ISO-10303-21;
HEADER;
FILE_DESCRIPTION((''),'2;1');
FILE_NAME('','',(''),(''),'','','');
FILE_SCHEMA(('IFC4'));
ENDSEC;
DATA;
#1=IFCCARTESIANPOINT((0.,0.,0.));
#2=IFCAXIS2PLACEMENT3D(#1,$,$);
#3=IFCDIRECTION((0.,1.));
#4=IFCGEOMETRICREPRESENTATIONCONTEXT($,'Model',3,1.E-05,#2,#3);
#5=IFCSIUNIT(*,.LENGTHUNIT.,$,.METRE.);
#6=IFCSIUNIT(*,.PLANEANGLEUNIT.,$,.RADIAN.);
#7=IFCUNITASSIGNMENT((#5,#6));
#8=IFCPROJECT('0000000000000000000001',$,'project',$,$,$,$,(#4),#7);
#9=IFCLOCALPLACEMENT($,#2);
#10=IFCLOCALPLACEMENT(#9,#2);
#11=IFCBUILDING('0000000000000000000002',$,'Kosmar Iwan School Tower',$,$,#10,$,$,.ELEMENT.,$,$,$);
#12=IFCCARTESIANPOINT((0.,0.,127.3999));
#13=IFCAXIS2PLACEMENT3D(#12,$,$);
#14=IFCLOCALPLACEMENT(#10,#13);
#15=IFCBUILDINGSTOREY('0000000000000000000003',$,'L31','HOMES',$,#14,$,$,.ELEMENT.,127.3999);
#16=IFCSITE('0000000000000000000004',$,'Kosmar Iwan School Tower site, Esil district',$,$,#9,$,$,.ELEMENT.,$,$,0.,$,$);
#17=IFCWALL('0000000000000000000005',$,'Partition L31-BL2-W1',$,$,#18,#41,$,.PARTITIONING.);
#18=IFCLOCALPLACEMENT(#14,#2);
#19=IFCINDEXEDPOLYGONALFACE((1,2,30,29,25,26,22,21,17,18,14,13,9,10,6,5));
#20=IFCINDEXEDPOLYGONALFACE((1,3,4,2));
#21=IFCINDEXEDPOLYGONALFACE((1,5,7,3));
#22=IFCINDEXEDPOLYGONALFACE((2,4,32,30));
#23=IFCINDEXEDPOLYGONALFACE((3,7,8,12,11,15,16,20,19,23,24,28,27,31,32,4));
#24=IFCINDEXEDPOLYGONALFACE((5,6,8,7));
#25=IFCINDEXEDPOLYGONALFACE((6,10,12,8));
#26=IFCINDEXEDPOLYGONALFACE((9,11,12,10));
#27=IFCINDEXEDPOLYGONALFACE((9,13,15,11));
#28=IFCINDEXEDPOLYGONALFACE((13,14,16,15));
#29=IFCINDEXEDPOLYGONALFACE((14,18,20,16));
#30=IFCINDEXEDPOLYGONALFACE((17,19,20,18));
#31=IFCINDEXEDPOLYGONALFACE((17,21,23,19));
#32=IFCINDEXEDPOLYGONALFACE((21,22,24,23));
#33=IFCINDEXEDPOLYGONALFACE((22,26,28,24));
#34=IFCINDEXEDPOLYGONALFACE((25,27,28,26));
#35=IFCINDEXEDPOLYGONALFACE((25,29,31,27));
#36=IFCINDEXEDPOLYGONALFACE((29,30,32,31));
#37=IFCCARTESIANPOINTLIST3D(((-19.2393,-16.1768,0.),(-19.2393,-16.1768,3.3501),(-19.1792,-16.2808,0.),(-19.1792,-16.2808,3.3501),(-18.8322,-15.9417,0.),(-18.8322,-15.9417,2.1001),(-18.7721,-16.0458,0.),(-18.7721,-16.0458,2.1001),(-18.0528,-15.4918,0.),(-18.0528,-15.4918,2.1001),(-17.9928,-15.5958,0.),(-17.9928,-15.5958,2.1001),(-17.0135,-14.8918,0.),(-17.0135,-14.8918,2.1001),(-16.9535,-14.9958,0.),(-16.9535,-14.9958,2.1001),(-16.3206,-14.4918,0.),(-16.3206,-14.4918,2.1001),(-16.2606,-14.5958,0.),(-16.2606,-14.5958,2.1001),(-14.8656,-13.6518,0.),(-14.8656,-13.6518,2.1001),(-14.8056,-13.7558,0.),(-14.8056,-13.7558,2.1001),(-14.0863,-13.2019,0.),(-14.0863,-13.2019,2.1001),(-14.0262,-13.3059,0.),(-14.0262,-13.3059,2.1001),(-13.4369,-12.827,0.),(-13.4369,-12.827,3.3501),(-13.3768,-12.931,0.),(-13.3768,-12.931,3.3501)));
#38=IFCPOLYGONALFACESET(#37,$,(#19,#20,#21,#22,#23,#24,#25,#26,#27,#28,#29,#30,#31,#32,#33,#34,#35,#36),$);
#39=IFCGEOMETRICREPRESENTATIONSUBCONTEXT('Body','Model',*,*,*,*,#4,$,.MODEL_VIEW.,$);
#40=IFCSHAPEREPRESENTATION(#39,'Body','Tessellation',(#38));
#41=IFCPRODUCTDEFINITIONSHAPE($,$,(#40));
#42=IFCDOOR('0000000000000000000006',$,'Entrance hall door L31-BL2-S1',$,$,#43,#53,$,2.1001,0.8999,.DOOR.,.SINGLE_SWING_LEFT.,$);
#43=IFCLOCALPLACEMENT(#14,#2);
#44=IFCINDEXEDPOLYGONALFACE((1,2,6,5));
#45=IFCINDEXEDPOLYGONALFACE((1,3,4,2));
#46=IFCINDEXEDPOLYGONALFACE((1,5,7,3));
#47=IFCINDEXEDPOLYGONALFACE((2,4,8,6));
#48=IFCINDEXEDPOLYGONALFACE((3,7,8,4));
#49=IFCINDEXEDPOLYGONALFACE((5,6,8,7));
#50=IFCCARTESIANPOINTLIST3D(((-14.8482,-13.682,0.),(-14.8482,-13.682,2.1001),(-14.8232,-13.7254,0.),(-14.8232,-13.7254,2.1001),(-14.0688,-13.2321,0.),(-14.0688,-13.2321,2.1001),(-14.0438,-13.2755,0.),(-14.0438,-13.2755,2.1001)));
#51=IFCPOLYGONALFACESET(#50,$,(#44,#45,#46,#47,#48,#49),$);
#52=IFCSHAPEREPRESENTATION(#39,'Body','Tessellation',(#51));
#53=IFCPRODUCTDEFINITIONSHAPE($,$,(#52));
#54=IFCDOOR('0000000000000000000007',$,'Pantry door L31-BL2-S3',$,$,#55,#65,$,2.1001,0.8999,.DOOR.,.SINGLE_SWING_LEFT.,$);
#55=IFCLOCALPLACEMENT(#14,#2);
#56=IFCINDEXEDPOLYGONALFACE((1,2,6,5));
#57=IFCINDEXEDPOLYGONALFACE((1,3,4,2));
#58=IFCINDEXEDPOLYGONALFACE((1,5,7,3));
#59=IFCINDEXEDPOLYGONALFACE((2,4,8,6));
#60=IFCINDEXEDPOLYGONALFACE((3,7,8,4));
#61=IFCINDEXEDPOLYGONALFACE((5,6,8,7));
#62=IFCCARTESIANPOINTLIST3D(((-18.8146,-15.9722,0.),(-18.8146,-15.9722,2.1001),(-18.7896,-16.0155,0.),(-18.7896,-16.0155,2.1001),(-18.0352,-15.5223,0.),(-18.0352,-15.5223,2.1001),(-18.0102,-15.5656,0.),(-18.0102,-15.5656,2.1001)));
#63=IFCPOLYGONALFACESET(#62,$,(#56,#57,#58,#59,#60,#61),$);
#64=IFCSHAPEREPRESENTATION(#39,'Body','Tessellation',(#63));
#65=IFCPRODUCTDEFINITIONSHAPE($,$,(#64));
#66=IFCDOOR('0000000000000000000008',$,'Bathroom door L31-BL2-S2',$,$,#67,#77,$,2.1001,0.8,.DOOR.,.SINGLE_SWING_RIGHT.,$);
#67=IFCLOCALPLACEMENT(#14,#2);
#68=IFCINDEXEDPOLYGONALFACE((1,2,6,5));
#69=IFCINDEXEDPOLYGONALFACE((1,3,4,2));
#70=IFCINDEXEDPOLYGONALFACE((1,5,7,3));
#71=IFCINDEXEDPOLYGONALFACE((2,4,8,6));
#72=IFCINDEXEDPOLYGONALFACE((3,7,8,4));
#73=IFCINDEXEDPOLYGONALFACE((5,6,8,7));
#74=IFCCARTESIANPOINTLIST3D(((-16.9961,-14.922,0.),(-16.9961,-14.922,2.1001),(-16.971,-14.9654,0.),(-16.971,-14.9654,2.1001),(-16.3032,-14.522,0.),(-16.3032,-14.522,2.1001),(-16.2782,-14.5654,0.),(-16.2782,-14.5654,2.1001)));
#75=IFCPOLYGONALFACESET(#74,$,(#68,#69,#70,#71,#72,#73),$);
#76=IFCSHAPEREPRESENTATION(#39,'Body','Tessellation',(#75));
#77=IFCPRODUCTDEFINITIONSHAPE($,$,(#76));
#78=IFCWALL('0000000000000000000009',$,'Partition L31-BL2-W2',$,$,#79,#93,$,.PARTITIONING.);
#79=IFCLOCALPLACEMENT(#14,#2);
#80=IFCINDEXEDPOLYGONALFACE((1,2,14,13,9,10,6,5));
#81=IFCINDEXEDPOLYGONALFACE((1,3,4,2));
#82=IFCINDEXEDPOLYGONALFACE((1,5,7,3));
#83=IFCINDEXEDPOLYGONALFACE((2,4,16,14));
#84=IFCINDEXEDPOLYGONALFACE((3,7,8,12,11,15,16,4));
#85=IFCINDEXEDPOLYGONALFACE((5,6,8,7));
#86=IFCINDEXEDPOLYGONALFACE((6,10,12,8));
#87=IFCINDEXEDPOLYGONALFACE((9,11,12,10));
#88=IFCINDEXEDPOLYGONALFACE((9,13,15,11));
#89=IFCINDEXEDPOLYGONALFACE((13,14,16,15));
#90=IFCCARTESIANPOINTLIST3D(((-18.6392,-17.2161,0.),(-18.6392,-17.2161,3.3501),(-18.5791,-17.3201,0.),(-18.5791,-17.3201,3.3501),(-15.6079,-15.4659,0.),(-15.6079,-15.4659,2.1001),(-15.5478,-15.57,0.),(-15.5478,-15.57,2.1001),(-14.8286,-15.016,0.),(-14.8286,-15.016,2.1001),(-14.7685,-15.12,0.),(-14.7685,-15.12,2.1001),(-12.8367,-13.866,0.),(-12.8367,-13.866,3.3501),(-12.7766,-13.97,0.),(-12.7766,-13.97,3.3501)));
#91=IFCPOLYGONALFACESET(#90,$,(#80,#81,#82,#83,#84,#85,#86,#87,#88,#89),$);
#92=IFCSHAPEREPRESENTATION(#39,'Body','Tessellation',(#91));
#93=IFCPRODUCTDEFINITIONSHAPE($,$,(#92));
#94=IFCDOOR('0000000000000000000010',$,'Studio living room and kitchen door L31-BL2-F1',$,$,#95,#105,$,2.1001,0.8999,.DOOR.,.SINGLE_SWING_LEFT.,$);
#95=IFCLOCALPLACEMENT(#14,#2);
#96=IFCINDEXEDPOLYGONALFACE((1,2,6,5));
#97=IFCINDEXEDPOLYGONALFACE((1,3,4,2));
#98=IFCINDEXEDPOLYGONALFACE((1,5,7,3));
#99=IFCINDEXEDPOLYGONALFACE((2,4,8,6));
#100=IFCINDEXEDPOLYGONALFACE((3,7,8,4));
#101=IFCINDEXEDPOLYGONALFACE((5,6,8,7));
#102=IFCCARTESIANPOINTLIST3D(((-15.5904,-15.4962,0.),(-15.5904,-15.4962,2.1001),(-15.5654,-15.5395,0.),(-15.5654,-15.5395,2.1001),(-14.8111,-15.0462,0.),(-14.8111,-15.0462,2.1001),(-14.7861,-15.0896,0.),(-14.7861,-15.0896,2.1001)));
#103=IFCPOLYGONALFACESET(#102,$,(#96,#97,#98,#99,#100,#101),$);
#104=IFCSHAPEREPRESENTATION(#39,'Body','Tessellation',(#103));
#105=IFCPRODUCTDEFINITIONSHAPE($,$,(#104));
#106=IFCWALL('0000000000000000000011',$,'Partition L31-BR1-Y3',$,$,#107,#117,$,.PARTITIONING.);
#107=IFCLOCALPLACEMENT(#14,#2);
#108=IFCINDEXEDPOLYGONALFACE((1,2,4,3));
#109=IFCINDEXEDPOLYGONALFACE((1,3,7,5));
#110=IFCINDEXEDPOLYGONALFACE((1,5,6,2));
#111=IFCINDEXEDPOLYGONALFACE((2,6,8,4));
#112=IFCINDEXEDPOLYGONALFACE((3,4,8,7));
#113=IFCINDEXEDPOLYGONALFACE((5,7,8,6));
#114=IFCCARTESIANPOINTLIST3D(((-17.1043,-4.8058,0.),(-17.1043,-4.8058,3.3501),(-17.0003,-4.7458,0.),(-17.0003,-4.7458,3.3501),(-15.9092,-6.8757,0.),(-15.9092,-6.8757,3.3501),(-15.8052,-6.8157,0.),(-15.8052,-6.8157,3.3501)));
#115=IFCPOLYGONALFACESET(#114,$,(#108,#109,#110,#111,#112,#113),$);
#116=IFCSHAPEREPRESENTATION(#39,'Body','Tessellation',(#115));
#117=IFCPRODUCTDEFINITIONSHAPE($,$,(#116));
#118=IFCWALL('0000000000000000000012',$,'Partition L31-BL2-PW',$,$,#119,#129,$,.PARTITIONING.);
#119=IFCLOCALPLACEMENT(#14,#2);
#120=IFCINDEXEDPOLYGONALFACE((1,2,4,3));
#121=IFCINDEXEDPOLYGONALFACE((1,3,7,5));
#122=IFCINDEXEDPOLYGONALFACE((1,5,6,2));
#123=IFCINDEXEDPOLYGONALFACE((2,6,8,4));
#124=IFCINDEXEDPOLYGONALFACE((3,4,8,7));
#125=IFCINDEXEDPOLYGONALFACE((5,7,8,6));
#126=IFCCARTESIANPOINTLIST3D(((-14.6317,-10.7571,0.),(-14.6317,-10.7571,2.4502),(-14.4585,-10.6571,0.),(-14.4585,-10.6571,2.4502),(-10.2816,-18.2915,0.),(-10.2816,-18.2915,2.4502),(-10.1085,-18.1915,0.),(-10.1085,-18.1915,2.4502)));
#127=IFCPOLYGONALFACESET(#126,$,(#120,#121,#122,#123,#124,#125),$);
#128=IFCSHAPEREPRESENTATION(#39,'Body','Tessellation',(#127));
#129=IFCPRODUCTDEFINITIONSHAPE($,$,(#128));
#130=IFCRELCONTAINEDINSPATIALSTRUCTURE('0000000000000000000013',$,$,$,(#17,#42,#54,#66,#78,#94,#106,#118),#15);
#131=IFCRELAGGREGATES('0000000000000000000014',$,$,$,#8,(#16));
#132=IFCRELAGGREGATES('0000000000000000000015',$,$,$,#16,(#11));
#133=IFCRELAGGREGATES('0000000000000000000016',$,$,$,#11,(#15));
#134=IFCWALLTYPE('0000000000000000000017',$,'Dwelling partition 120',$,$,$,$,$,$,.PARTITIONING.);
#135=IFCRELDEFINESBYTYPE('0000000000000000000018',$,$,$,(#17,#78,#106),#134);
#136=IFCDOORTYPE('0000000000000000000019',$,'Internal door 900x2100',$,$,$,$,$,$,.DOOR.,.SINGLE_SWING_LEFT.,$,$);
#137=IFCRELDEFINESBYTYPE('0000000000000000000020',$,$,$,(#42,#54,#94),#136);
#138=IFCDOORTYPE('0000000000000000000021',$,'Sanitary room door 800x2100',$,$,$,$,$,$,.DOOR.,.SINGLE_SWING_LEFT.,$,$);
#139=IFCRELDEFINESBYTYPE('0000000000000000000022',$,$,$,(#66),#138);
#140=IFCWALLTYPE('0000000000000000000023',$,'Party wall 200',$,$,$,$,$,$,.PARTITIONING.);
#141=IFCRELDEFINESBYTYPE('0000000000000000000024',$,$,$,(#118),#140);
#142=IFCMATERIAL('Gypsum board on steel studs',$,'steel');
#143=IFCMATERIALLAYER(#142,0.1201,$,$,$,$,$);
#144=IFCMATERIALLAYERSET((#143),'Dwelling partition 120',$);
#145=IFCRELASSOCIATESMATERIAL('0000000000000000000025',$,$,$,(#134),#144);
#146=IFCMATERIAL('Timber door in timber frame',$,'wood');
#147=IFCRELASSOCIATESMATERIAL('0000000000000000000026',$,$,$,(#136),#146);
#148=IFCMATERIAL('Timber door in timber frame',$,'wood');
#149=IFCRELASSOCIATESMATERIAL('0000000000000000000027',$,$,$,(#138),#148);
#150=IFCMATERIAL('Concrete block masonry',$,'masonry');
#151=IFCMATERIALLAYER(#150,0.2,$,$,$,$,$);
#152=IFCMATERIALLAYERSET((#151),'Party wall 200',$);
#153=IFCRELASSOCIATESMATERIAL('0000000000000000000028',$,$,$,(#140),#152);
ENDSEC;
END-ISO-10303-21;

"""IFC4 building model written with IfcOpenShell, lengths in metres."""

from ifc_helpers import new_model, si_unit, direction, frame, frame_2d, origin, place, context, subcontext, project, spatial, rectangle, extrude, material, layer, layer_set, type_object, element, fill, save


model = new_model("IFC4")

# Units and contexts
model_context = context("Model", 3, precision=1e-05, world=origin(), true_north=direction((0.0, 1.0)))
body_context = subcontext(model_context, "Body", "Model", "MODEL_VIEW")
ifc_project = project(units=[si_unit("LENGTHUNIT", "METRE"), si_unit("PLANEANGLEUNIT", "RADIAN")], contexts=[model_context])

# Site, building, storey
site_placement = place(None, origin())
site = spatial("IfcSite", under=ifc_project, at=site_placement, Name="Kosmar Iwan School Tower site, Esil district", CompositionType="ELEMENT", RefElevation=0.0)
building_placement = place(site_placement, origin())
building = spatial("IfcBuilding", under=site, at=building_placement, Name="Kosmar Iwan School Tower", CompositionType="ELEMENT")
storey_placement = place(building_placement, frame((0.0, 0.0, 127.3999)))
storey = spatial("IfcBuildingStorey", under=building, at=storey_placement, Name="L31", Description="HOMES", CompositionType="ELEMENT", Elevation=127.3999)

# Shared definitions
ifc_material_1 = material(Name="Gypsum board on steel studs", Category="steel")
ifc_layer_1 = layer(ifc_material_1, 0.1201)
ifc_layer_set_1 = layer_set([ifc_layer_1], Name="Dwelling partition 120")
wall_type_1 = type_object("IfcWallType", Name="Dwelling partition 120", PredefinedType="PARTITIONING", material=ifc_layer_set_1)

# Wall, openings, doors
wall_1_placement = place(storey_placement, frame((-13.4067, -12.8789, 0.0), z_axis=(0.0, 0.0, 1.0), x_axis=(-0.866039, -0.499976, 0.0)))
wall_1 = element("IfcWall", 1, at=wall_1_placement, inside=storey, type_object=wall_type_1, Name="Partition L31-BL2-W1", PredefinedType="PARTITIONING", context=body_context, shape_type="SweptSolid", body=[
    extrude(rectangle(XDim=6.7, YDim=0.1201, at=frame_2d((3.3501, 0.0))), origin(), (0.0, 0.0, 1.0), 3.3501),
])
opening_1_placement = place(wall_1_placement, frame((0.75, 0.0, 0.0)))
opening_1 = element("IfcOpeningElement", 2, at=opening_1_placement, cuts=wall_1, PredefinedType="OPENING", context=body_context, shape_type="SweptSolid", body=[
    extrude(rectangle(XDim=0.8999, YDim=2.1001, at=frame_2d((0.45, 1.05))), frame((0.0, 0.072, 0.0), z_axis=(0.0, -1.0, 0.0), x_axis=(1.0, 0.0, 0.0)), (0.0, 0.0, 1.0), 0.144),
])
opening_2_placement = place(wall_1_placement, frame((3.3301, 0.0, 0.0)))
opening_2 = element("IfcOpeningElement", 3, at=opening_2_placement, cuts=wall_1, PredefinedType="OPENING", context=body_context, shape_type="SweptSolid", body=[
    extrude(rectangle(XDim=0.8, YDim=2.1001, at=frame_2d((0.3999, 1.05))), frame((0.0, 0.072, 0.0), z_axis=(0.0, -1.0, 0.0), x_axis=(1.0, 0.0, 0.0)), (0.0, 0.0, 1.0), 0.144),
])
opening_3_placement = place(wall_1_placement, frame((5.3301, 0.0, 0.0)))
opening_3 = element("IfcOpeningElement", 4, at=opening_3_placement, cuts=wall_1, PredefinedType="OPENING", context=body_context, shape_type="SweptSolid", body=[
    extrude(rectangle(XDim=0.8999, YDim=2.1001, at=frame_2d((0.45, 1.05))), frame((0.0, 0.072, 0.0), z_axis=(0.0, -1.0, 0.0), x_axis=(1.0, 0.0, 0.0)), (0.0, 0.0, 1.0), 0.144),
])
ifc_material_2 = material(Name="Timber door in timber frame", Category="wood")
door_type_1 = type_object("IfcDoorType", Name="Internal door 900x2100", OperationType="SINGLE_SWING_LEFT", PredefinedType="DOOR", material=ifc_material_2)
door_1_placement = place(opening_1_placement, origin())
door_1 = element("IfcDoor", 5, at=door_1_placement, inside=storey, type_object=door_type_1, Name="Entrance hall door L31-BL2-S1", OperationType="SINGLE_SWING_LEFT", OverallHeight=2.1001, OverallWidth=0.8999, PredefinedType="DOOR", context=body_context, shape_type="SweptSolid", body=[
    extrude(rectangle(XDim=0.8999, YDim=2.1001, at=frame_2d((0.45, 1.05))), frame((0.0, 0.0249, 0.0), z_axis=(0.0, -1.0, 0.0), x_axis=(1.0, 0.0, 0.0)), (0.0, 0.0, 1.0), 0.05),
])
fill(opening_1, door_1)
door_2_placement = place(opening_3_placement, frame((0.8999, 0.0, 0.0), z_axis=(0.0, 0.0, 1.0), x_axis=(-1.0, 0.0, 0.0)))
door_2 = element("IfcDoor", 6, at=door_2_placement, inside=storey, type_object=door_type_1, Name="Pantry door L31-BL2-S3", OperationType="SINGLE_SWING_LEFT", OverallHeight=2.1001, OverallWidth=0.8999, PredefinedType="DOOR", context=body_context, shape_type="SweptSolid", body=[
    extrude(rectangle(XDim=0.8999, YDim=2.1001, at=frame_2d((0.45, 1.05))), frame((0.0, 0.0249, 0.0), z_axis=(0.0, -1.0, 0.0), x_axis=(1.0, 0.0, 0.0)), (0.0, 0.0, 1.0), 0.05),
])
fill(opening_3, door_2)
ifc_material_3 = material(Name="Timber door in timber frame", Category="wood")
door_type_2 = type_object("IfcDoorType", Name="Sanitary room door 800x2100", OperationType="SINGLE_SWING_LEFT", PredefinedType="DOOR", material=ifc_material_3)
door_3_placement = place(opening_2_placement, origin())
door_3 = element("IfcDoor", 7, at=door_3_placement, inside=storey, type_object=door_type_2, Name="Bathroom door L31-BL2-S2", OperationType="SINGLE_SWING_RIGHT", OverallHeight=2.1001, OverallWidth=0.8, PredefinedType="DOOR", context=body_context, shape_type="SweptSolid", body=[
    extrude(rectangle(XDim=0.8, YDim=2.1001, at=frame_2d((0.3999, 1.05))), frame((0.0, 0.0249, 0.0), z_axis=(0.0, -1.0, 0.0), x_axis=(1.0, 0.0, 0.0)), (0.0, 0.0, 1.0), 0.05),
])
fill(opening_2, door_3)

# Wall, opening, door
wall_2_placement = place(storey_placement, frame((-12.8066, -13.918, 0.0), z_axis=(0.0, 0.0, 1.0), x_axis=(-0.866024, -0.500003, 0.0)))
wall_2 = element("IfcWall", 8, at=wall_2_placement, inside=storey, type_object=wall_type_1, Name="Partition L31-BL2-W2", PredefinedType="PARTITIONING", context=body_context, shape_type="SweptSolid", body=[
    extrude(rectangle(XDim=6.7002, YDim=0.1201, at=frame_2d((3.3501, 0.0))), origin(), (0.0, 0.0, 1.0), 3.3501),
])
opening_4_placement = place(wall_2_placement, frame((2.3, 0.0, 0.0)))
opening_4 = element("IfcOpeningElement", 9, at=opening_4_placement, cuts=wall_2, PredefinedType="OPENING", context=body_context, shape_type="SweptSolid", body=[
    extrude(rectangle(XDim=0.8999, YDim=2.1001, at=frame_2d((0.45, 1.05))), frame((0.0, 0.072, 0.0), z_axis=(0.0, -1.0, 0.0), x_axis=(1.0, 0.0, 0.0)), (0.0, 0.0, 1.0), 0.144),
])
door_4_placement = place(opening_4_placement, origin())
door_4 = element("IfcDoor", 10, at=door_4_placement, inside=storey, type_object=door_type_1, Name="Studio living room and kitchen door L31-BL2-F1", OperationType="SINGLE_SWING_LEFT", OverallHeight=2.1001, OverallWidth=0.8999, PredefinedType="DOOR", context=body_context, shape_type="SweptSolid", body=[
    extrude(rectangle(XDim=0.8999, YDim=2.1001, at=frame_2d((0.45, 1.05))), frame((0.0, 0.0249, 0.0), z_axis=(0.0, -1.0, 0.0), x_axis=(1.0, 0.0, 0.0)), (0.0, 0.0, 1.0), 0.05),
])
fill(opening_4, door_4)

# Walls
wall_3_placement = place(storey_placement, frame((-15.8572, -6.8457, 0.0), z_axis=(0.0, 0.0, 1.0), x_axis=(-0.500017, 0.866015, 0.0)))
element("IfcWall", 11, at=wall_3_placement, inside=storey, type_object=wall_type_1, Name="Partition L31-BR1-Y3", PredefinedType="PARTITIONING", context=body_context, shape_type="SweptSolid", body=[
    extrude(rectangle(XDim=2.3901, YDim=0.1201, at=frame_2d((1.1951, 0.0))), origin(), (0.0, 0.0, 1.0), 3.3501),
])
ifc_material_4 = material(Name="Concrete block masonry", Category="masonry")
ifc_layer_2 = layer(ifc_material_4, 0.2)
ifc_layer_set_2 = layer_set([ifc_layer_2], Name="Party wall 200")
wall_type_2 = type_object("IfcWallType", Name="Party wall 200", PredefinedType="PARTITIONING", material=ifc_layer_set_2)
wall_4_placement = place(storey_placement, frame((-14.5452, -10.707, 0.0), z_axis=(0.0, 0.0, 1.0), x_axis=(0.500008, -0.866021, 0.0)))
element("IfcWall", 12, at=wall_4_placement, inside=storey, type_object=wall_type_2, Name="Partition L31-BL2-PW", PredefinedType="PARTITIONING", context=body_context, shape_type="SweptSolid", body=[
    extrude(rectangle(XDim=8.7, YDim=0.2, at=frame_2d((4.3501, 0.0))), origin(), (0.0, 0.0, 1.0), 2.4502),
])

save(model, "model.ifc")
